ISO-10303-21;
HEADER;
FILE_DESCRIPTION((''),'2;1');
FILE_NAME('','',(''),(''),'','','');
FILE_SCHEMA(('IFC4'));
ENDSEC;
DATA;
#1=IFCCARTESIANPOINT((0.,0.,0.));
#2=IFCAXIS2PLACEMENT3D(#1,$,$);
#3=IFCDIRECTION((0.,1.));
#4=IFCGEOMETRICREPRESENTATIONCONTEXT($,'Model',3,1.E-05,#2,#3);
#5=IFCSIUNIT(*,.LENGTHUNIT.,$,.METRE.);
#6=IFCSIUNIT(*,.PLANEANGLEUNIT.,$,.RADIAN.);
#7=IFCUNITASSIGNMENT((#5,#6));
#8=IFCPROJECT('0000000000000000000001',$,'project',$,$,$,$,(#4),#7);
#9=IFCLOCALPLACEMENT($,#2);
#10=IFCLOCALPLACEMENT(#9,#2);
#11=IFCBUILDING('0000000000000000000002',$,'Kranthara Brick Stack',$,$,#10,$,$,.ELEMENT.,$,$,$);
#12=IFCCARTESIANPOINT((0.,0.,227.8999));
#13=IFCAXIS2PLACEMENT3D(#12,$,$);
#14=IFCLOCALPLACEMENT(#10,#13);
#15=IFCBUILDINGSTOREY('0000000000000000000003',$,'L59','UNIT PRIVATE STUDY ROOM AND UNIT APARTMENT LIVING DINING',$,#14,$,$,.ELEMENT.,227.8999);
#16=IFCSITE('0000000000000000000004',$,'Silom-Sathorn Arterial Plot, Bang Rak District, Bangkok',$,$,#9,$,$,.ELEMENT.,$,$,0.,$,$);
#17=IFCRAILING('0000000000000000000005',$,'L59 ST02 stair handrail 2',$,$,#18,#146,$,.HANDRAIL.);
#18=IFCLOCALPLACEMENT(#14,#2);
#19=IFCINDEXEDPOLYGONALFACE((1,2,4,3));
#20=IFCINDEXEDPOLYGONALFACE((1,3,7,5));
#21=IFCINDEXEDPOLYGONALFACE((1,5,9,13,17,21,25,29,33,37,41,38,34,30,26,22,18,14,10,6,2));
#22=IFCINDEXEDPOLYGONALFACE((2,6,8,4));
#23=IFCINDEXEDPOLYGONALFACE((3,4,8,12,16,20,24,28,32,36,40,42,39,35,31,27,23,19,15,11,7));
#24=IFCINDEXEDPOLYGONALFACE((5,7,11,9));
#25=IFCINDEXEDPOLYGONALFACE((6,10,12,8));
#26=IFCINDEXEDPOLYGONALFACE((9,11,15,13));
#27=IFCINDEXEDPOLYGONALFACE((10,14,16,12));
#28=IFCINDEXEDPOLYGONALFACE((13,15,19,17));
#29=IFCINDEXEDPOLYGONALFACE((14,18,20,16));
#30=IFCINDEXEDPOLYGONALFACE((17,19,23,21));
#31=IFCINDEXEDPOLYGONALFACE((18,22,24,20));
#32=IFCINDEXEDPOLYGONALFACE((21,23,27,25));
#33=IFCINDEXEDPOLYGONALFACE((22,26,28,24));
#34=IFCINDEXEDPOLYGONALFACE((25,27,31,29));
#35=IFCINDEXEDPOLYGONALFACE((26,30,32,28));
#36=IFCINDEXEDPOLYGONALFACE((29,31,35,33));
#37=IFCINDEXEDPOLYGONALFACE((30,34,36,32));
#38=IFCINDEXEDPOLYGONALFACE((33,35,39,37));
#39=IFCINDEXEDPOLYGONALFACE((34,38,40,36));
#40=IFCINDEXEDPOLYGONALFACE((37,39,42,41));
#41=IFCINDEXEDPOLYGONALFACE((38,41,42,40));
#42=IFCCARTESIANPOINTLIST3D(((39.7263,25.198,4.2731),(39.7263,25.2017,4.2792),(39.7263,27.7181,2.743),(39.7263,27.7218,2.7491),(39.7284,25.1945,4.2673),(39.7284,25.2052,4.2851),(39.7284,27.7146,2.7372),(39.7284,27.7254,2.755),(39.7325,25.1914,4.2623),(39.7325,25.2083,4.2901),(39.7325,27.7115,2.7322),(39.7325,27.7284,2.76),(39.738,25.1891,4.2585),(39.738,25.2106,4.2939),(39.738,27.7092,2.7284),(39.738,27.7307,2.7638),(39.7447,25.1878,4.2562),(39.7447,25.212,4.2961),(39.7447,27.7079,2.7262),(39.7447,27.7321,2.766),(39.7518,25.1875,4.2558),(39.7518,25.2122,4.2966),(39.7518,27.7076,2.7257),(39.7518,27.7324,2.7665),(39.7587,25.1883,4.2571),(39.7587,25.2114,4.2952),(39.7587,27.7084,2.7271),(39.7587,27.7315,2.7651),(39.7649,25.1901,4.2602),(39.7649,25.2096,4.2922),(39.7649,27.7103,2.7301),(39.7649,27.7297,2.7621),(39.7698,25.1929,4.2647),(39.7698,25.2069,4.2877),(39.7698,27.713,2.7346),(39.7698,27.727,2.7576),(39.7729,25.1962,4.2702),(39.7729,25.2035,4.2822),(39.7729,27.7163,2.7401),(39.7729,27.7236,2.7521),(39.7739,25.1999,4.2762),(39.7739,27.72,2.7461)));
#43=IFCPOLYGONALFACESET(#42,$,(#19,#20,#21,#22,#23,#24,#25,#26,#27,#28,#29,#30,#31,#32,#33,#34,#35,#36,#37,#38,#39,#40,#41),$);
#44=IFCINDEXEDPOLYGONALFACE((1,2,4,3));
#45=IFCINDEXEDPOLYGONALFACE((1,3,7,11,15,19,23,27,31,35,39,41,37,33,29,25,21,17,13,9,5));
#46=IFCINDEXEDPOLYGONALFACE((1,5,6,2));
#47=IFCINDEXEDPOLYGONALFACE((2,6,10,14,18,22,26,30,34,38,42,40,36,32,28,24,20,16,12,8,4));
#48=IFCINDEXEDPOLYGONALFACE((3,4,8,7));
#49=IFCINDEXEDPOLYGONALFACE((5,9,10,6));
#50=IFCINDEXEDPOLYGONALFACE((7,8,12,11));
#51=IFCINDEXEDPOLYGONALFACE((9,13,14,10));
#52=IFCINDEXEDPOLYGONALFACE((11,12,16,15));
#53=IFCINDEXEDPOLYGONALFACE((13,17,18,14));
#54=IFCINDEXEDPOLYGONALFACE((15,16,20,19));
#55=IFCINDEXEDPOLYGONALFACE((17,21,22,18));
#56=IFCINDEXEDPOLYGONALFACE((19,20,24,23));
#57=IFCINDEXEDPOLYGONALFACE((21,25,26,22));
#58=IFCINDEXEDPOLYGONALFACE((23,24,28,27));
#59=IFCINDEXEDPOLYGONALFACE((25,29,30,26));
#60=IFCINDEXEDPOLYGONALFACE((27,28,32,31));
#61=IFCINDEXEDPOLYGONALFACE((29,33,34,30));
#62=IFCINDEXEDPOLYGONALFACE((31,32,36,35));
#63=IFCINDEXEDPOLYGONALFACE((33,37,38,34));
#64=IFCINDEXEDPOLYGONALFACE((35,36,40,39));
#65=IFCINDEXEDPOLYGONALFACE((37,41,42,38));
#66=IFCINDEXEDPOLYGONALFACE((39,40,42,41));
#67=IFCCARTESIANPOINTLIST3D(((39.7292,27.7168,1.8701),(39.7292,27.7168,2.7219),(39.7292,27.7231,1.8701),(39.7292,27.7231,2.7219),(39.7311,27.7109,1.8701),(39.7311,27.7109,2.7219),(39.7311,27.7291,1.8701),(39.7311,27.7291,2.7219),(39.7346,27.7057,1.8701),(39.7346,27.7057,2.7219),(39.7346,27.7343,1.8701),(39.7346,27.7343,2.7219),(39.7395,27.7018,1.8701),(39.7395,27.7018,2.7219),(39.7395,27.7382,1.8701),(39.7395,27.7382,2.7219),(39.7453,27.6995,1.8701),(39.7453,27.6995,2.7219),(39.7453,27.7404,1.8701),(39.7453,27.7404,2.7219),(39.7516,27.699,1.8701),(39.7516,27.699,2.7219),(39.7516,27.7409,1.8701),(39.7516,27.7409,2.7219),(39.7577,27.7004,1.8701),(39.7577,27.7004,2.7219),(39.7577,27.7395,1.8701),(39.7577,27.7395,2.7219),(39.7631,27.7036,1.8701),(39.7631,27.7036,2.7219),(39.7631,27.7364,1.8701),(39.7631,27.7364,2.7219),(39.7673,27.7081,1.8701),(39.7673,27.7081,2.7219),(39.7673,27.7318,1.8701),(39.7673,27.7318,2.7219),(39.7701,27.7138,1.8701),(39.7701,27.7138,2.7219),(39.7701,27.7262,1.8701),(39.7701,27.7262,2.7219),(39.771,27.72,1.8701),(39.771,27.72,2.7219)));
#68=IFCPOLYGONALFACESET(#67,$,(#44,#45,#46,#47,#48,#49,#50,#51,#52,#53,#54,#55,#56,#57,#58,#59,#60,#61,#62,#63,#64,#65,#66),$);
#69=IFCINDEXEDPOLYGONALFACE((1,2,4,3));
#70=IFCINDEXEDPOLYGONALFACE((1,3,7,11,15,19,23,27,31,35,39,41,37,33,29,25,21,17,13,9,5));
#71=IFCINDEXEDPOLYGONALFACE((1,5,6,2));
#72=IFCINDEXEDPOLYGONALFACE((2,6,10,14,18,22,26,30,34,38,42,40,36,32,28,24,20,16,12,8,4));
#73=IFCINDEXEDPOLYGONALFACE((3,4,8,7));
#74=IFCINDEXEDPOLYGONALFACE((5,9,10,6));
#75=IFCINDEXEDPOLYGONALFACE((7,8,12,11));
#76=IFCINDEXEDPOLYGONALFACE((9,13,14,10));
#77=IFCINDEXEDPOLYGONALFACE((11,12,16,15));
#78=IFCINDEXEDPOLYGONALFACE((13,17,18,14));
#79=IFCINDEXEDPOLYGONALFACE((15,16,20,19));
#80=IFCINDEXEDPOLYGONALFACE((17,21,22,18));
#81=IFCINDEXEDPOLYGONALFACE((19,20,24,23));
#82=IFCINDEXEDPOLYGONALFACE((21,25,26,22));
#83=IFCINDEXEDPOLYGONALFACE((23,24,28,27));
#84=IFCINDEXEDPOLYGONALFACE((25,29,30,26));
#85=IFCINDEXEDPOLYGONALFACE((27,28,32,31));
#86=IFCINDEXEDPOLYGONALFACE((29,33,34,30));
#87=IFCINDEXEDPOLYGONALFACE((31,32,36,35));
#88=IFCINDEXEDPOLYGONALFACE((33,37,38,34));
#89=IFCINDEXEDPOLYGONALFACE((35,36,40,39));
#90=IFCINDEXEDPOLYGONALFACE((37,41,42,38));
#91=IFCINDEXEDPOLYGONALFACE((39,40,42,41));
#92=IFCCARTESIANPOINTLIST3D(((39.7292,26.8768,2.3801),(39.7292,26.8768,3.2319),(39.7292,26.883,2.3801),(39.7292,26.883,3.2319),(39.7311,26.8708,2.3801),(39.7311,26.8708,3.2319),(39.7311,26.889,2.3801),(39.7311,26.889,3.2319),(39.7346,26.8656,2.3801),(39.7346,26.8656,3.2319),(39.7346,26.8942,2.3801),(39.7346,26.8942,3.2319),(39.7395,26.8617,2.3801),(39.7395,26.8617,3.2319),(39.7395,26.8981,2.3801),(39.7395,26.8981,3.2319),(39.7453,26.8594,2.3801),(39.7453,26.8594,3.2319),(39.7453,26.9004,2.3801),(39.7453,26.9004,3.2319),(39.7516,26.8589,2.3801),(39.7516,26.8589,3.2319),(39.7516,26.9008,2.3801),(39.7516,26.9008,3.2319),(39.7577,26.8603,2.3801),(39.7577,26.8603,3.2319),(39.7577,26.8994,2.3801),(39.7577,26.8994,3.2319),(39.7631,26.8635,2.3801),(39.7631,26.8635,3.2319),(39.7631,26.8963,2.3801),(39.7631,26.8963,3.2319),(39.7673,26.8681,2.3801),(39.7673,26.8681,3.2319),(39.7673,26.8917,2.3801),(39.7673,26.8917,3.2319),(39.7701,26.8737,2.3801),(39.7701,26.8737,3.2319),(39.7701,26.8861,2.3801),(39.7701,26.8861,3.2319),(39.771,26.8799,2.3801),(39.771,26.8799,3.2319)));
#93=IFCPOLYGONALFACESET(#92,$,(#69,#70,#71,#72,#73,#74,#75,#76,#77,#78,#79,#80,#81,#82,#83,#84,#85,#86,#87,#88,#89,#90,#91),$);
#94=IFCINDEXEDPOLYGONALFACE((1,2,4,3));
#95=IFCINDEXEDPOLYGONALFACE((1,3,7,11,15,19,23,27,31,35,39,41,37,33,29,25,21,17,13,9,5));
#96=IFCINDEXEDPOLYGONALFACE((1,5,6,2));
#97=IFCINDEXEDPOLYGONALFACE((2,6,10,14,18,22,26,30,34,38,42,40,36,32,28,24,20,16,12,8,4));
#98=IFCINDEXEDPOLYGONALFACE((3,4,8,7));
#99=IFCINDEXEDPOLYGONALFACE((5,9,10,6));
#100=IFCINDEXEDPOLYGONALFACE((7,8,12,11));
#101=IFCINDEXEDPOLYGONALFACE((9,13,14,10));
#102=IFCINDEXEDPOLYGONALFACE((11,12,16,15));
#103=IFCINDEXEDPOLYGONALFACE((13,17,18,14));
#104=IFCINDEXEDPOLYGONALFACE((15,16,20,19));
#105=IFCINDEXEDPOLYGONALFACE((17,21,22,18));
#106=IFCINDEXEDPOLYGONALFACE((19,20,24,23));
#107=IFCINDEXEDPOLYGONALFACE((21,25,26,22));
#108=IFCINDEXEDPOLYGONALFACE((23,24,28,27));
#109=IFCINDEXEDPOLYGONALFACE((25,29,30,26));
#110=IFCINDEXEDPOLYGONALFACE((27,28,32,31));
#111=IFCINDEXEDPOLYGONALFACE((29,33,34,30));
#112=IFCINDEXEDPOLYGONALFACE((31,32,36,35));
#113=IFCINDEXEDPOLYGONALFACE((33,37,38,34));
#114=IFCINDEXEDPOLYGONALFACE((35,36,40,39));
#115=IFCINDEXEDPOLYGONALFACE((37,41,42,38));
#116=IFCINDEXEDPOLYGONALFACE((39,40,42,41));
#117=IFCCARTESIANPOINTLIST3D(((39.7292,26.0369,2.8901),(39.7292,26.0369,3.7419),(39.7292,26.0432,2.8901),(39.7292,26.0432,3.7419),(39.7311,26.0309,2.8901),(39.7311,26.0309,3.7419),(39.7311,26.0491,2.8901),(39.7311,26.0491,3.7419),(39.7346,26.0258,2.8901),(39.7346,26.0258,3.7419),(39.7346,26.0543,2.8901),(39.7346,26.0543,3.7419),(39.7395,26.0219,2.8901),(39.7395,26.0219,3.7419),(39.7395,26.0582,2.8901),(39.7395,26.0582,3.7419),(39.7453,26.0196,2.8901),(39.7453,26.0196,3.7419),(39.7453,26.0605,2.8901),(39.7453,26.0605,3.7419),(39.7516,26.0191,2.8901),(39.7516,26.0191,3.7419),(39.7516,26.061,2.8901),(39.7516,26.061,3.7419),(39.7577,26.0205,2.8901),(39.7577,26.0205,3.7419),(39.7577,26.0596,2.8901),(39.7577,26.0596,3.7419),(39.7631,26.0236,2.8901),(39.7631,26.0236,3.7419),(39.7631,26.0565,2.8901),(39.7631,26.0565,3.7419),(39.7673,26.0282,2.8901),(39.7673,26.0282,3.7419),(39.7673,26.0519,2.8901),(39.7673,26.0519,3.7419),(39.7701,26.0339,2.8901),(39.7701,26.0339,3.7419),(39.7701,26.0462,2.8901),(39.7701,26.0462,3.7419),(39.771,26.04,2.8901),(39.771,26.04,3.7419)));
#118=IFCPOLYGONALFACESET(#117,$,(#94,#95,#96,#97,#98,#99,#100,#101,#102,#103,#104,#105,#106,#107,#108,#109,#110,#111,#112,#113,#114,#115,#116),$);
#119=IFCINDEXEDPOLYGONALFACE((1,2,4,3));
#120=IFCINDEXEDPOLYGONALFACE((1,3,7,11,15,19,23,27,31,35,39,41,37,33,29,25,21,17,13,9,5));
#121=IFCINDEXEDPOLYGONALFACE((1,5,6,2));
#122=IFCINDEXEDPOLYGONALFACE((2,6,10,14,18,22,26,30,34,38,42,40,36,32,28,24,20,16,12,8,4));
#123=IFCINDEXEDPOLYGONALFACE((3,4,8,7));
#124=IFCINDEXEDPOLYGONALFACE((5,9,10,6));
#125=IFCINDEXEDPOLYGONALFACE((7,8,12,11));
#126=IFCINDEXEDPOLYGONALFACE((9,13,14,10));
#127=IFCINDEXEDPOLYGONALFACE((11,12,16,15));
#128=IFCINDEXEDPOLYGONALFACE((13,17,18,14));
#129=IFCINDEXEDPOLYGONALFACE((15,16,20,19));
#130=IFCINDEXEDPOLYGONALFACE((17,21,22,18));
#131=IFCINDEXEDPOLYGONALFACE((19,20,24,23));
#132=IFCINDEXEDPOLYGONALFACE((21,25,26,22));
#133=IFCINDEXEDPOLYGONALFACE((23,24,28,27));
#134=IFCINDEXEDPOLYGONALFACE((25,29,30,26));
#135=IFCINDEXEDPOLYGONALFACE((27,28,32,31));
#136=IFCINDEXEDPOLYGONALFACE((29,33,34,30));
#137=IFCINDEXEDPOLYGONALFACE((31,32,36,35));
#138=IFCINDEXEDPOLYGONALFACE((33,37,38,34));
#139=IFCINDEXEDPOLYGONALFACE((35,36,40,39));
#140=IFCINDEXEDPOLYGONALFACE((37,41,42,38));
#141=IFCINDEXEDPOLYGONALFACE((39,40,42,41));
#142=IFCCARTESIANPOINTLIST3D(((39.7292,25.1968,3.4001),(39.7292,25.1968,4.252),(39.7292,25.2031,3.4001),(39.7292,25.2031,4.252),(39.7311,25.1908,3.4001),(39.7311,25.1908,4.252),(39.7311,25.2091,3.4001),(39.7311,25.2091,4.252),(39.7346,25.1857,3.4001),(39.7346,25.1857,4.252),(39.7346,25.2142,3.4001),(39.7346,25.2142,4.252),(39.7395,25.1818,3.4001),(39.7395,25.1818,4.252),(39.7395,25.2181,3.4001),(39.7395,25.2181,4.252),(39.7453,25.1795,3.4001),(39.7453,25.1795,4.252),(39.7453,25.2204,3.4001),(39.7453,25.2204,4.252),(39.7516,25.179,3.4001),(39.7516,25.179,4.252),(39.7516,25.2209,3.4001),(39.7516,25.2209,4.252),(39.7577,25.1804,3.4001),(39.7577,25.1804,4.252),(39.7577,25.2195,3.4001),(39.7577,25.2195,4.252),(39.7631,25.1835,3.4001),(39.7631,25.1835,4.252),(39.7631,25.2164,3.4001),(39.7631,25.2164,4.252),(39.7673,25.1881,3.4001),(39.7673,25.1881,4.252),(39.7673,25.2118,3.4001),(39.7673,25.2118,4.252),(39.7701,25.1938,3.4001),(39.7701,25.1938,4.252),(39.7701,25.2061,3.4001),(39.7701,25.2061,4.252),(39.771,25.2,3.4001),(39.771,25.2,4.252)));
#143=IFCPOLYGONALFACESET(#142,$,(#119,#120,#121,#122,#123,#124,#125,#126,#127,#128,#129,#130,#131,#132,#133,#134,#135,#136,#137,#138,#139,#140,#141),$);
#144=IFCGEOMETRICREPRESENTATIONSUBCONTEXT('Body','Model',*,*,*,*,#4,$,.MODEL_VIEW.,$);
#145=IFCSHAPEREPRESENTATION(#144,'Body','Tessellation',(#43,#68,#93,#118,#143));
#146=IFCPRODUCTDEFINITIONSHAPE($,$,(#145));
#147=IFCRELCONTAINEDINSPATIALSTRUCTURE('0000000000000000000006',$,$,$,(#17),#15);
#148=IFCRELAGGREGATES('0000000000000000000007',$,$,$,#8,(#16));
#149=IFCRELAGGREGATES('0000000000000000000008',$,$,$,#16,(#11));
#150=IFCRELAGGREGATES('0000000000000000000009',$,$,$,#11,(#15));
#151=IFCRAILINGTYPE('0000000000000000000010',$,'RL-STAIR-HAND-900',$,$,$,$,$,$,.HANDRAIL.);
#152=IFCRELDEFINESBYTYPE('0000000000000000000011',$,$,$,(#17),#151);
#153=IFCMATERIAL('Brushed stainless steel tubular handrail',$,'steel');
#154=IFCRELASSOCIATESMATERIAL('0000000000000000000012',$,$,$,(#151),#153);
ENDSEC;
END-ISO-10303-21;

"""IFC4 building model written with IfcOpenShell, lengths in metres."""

from ifc_helpers import new_model, si_unit, direction, frame, origin, origin_2d, place, context, subcontext, project, spatial, circle, extrude, material, type_object, element, save


model = new_model("IFC4")

# Units and contexts
model_context = context("Model", 3, precision=1e-05, world=origin(), true_north=direction((0.0, 1.0)))
body_context = subcontext(model_context, "Body", "Model", "MODEL_VIEW")
ifc_project = project(units=[si_unit("LENGTHUNIT", "METRE"), si_unit("PLANEANGLEUNIT", "RADIAN")], contexts=[model_context])

# Site, building, storey
site_placement = place(None, origin())
site = spatial("IfcSite", under=ifc_project, at=site_placement, Name="Silom-Sathorn Arterial Plot, Bang Rak District, Bangkok", CompositionType="ELEMENT", RefElevation=0.0)
building_placement = place(site_placement, origin())
building = spatial("IfcBuilding", under=site, at=building_placement, Name="Kranthara Brick Stack", CompositionType="ELEMENT")
storey_placement = place(building_placement, frame((0.0, 0.0, 227.8999)))
storey = spatial("IfcBuildingStorey", under=building, at=storey_placement, Name="L59", Description="UNIT PRIVATE STUDY ROOM AND UNIT APARTMENT LIVING DINING", CompositionType="ELEMENT", Elevation=227.8999)

# Railing
ifc_material_1 = material(Name="Brushed stainless steel tubular handrail", Category="steel")
railing_type_1 = type_object("IfcRailingType", Name="RL-STAIR-HAND-900", PredefinedType="HANDRAIL", material=ifc_material_1)
railing_1_placement = place(storey_placement, frame((39.75, 27.72, 1.8701)))
element("IfcRailing", 1, at=railing_1_placement, inside=storey, type_object=railing_type_1, Name="L59 ST02 stair handrail 2", PredefinedType="HANDRAIL", context=body_context, shape_type="SweptSolid", body=[
    extrude(circle(Radius=0.0239, at=origin_2d()), frame((0.0, 0.0, 0.876), z_axis=(0.0, -0.854785, 0.518982), x_axis=(1.0, 0.0, 0.0)), (0.0, 0.0, 1.0), 2.9482),
    extrude(circle(Radius=0.021, at=origin_2d()), origin(), (0.0, 0.0, 1.0), 0.8518),
    extrude(circle(Radius=0.021, at=origin_2d()), frame((0.0, -0.8401, 0.51)), (0.0, 0.0, 1.0), 0.8518),
    extrude(circle(Radius=0.021, at=origin_2d()), frame((0.0, -1.6799, 1.02)), (0.0, 0.0, 1.0), 0.8518),
    extrude(circle(Radius=0.021, at=origin_2d()), frame((0.0, -2.52, 1.53)), (0.0, 0.0, 1.0), 0.8518),
])

save(model, "model.ifc")
